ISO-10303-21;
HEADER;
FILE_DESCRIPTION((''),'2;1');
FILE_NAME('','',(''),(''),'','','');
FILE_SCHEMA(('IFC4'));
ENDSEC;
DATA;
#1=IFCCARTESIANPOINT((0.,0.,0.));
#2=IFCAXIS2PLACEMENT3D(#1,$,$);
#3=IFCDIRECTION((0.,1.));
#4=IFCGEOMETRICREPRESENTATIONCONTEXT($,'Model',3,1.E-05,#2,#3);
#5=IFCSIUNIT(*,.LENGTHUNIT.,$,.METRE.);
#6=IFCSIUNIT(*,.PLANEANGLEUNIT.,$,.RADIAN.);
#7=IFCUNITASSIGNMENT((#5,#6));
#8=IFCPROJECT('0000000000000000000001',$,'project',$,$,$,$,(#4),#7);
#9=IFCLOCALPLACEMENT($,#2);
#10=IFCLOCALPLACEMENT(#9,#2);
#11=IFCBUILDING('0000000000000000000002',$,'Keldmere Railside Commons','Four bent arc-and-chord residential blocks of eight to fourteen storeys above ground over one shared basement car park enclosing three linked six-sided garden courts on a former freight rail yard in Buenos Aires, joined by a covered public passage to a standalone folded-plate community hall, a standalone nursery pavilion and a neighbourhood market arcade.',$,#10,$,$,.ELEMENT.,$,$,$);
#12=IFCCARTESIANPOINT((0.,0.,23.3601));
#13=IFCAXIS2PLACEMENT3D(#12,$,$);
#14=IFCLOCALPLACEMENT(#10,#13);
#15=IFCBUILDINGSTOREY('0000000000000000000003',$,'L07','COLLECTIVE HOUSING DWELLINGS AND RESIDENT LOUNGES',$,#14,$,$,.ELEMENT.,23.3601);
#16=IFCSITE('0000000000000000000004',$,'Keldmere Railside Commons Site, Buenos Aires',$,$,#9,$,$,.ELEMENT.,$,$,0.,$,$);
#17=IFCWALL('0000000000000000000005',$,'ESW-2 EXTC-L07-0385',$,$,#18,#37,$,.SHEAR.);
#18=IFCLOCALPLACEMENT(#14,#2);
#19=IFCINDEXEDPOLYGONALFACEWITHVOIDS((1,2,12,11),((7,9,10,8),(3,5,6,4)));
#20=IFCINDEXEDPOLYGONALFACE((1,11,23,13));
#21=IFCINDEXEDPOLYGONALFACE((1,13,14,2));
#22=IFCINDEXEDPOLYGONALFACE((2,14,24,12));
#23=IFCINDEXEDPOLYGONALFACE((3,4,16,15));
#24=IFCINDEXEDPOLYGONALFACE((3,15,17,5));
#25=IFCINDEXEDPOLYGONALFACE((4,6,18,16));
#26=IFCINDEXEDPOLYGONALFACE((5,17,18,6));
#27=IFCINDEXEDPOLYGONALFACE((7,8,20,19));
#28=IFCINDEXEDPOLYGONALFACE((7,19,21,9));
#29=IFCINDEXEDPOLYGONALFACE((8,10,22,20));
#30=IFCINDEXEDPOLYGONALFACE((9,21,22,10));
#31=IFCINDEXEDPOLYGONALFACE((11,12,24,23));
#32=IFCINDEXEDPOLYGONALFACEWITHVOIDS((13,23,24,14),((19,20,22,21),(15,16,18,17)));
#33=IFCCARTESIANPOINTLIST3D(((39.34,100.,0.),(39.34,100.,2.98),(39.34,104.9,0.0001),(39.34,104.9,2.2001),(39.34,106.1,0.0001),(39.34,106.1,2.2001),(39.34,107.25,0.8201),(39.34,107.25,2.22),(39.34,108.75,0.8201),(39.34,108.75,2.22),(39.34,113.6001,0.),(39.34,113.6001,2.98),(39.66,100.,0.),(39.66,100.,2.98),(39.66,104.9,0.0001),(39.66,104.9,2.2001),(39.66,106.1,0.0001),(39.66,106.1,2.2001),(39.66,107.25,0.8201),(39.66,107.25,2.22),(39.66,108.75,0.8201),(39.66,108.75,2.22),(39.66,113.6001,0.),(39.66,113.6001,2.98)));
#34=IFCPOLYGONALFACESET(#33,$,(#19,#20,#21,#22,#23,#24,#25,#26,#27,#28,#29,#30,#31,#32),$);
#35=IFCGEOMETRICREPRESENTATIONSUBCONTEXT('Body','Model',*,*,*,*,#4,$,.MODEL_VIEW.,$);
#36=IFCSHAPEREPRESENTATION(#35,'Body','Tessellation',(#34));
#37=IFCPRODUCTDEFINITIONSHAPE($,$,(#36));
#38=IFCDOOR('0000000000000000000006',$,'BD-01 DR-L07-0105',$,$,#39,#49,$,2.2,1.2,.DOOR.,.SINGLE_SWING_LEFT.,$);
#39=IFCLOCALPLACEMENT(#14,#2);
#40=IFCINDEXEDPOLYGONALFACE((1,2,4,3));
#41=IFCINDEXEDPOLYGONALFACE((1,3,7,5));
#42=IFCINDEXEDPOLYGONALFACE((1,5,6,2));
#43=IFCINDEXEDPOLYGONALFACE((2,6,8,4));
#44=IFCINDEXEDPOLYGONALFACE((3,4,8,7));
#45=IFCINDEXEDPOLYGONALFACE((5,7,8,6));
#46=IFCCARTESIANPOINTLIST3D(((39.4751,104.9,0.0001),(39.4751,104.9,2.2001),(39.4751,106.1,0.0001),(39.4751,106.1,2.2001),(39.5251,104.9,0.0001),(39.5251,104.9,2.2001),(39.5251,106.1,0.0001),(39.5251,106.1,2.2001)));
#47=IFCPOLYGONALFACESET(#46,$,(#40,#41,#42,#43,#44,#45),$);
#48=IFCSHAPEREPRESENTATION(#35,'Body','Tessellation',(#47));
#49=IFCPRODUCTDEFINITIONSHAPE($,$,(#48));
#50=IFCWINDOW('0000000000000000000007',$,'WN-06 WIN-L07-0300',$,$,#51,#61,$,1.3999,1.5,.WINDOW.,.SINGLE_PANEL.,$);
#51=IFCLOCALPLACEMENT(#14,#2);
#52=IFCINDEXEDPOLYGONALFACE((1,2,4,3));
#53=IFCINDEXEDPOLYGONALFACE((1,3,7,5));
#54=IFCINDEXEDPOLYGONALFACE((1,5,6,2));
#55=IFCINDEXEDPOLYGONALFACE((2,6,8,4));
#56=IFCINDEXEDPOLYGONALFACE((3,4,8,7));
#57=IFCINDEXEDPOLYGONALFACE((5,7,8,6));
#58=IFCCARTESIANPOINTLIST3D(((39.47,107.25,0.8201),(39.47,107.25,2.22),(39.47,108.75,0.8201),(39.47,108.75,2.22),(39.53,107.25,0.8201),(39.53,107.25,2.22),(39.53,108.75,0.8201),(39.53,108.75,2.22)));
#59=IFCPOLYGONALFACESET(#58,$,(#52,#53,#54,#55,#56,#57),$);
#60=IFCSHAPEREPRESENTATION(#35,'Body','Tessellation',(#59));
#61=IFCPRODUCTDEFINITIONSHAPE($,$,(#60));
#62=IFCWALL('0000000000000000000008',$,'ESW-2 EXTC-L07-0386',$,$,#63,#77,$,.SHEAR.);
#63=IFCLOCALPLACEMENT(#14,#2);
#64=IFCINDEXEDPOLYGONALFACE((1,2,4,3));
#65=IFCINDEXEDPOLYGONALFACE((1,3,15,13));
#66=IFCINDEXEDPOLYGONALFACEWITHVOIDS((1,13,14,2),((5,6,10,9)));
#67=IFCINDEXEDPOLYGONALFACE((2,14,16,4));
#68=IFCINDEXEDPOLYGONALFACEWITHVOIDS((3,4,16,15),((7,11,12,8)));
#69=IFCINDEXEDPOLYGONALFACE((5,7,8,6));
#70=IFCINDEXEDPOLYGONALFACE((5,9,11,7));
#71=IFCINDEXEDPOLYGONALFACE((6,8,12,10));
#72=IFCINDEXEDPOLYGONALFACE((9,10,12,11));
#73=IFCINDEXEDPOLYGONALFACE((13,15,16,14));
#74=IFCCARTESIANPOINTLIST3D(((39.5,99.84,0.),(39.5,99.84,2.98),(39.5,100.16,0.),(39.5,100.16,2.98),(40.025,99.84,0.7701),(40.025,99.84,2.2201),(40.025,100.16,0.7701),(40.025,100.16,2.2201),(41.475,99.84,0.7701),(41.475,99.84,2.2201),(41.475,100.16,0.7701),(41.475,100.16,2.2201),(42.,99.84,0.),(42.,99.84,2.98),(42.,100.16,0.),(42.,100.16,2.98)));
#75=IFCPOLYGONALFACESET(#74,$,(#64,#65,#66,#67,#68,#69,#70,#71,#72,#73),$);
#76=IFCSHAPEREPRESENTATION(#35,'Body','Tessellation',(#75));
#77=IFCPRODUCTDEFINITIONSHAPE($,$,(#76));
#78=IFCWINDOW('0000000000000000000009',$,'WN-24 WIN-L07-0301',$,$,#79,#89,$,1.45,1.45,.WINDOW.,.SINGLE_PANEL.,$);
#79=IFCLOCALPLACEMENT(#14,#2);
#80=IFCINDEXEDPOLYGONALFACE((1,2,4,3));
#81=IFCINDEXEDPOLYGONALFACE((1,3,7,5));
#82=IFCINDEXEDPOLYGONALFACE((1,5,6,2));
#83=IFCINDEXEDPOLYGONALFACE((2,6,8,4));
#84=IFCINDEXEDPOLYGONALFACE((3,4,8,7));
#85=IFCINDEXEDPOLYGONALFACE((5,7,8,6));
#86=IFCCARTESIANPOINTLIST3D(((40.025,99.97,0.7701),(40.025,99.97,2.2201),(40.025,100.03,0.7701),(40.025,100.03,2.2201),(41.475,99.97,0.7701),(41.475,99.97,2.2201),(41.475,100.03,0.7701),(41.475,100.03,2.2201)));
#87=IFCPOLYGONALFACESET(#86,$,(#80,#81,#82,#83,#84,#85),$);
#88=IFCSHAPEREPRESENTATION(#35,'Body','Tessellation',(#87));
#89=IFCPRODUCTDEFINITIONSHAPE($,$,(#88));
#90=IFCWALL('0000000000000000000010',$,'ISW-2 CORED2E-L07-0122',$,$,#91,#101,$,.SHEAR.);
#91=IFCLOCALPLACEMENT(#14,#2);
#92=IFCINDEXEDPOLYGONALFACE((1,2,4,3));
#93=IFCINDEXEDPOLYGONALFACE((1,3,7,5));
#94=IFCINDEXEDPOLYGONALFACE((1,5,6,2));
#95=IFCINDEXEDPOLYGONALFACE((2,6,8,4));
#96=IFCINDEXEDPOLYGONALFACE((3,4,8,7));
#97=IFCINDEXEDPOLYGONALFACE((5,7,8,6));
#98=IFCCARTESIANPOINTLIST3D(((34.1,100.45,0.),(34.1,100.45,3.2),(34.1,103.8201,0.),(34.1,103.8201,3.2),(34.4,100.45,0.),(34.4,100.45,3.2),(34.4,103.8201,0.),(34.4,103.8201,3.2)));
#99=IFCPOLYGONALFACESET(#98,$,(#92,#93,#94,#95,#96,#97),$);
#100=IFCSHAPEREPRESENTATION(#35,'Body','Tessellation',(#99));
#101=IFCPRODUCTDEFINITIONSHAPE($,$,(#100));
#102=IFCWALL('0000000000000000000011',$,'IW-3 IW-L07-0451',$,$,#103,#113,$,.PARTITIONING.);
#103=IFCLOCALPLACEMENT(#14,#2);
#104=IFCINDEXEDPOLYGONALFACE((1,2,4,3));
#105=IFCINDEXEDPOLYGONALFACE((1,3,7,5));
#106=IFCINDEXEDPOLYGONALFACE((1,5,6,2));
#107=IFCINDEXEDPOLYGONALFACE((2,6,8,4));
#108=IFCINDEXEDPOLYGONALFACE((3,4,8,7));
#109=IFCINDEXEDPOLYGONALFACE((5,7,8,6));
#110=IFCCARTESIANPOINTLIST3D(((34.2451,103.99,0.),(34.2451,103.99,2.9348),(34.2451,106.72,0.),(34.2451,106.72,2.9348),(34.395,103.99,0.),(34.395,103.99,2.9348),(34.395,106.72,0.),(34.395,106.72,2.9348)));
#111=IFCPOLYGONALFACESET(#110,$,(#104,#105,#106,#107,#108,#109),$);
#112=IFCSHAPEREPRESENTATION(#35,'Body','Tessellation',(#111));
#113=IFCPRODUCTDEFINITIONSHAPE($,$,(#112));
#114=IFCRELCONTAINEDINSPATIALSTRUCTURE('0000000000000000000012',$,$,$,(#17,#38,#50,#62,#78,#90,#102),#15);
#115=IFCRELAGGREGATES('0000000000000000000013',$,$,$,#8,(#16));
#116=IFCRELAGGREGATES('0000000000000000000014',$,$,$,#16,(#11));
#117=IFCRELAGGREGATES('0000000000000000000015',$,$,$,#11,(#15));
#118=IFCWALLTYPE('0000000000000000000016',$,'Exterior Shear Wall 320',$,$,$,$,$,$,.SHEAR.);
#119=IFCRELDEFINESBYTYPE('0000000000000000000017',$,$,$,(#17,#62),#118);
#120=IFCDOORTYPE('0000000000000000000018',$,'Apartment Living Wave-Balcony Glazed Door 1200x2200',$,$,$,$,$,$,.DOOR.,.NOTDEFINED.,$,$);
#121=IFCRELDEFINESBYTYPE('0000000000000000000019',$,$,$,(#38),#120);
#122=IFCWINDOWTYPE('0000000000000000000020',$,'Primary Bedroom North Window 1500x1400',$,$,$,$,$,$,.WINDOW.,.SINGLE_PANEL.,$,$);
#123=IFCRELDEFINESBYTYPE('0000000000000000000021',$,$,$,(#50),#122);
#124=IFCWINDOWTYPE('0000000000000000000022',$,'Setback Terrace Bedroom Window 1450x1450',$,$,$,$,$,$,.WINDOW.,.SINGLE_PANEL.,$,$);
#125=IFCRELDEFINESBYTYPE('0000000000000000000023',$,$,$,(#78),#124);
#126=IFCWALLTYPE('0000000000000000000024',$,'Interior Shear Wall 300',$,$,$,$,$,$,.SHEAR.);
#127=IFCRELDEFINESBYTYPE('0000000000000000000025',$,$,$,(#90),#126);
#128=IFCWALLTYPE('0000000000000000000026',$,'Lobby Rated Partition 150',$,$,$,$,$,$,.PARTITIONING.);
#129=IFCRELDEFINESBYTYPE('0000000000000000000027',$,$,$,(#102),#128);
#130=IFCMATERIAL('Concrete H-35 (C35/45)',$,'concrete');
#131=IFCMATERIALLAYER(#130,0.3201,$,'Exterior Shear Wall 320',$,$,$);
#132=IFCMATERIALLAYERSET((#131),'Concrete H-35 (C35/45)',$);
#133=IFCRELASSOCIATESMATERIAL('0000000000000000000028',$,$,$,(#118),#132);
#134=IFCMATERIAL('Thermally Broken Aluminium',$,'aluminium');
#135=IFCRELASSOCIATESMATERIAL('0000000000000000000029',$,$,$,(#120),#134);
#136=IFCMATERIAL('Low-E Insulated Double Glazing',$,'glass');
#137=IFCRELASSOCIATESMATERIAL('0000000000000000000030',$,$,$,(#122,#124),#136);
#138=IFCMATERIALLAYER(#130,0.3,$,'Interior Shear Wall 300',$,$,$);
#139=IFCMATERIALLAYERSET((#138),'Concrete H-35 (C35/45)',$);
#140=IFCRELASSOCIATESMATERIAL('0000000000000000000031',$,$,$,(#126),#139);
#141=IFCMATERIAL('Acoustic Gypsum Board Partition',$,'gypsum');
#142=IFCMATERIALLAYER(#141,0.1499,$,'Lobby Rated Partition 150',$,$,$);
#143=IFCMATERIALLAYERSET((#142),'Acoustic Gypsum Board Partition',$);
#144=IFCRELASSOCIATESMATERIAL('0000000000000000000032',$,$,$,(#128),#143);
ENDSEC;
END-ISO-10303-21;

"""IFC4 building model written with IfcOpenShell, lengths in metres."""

from ifc_helpers import new_model, si_unit, direction, frame, frame_2d, origin, place, context, subcontext, project, spatial, rectangle, extrude, material, layer, layer_set, type_object, element, fill, save


model = new_model("IFC4")

# Units and contexts
model_context = context("Model", 3, precision=1e-05, world=origin(), true_north=direction((0.0, 1.0)))
body_context = subcontext(model_context, "Body", "Model", "MODEL_VIEW")
ifc_project = project(units=[si_unit("LENGTHUNIT", "METRE"), si_unit("PLANEANGLEUNIT", "RADIAN")], contexts=[model_context])

# Site, building, storey
site_placement = place(None, origin())
site = spatial("IfcSite", under=ifc_project, at=site_placement, Name="Keldmere Railside Commons Site, Buenos Aires", CompositionType="ELEMENT", RefElevation=0.0)
building_placement = place(site_placement, origin())
building = spatial("IfcBuilding", under=site, at=building_placement, Name="Keldmere Railside Commons", Description="Four bent arc-and-chord residential blocks of eight to fourteen storeys above ground over one shared basement car park enclosing three linked six-sided garden courts on a former freight rail yard in Buenos Aires, joined by a covered public passage to a standalone folded-plate community hall, a standalone nursery pavilion and a neighbourhood market arcade.", CompositionType="ELEMENT")
storey_placement = place(building_placement, frame((0.0, 0.0, 23.3601)))
storey = spatial("IfcBuildingStorey", under=building, at=storey_placement, Name="L07", Description="COLLECTIVE HOUSING DWELLINGS AND RESIDENT LOUNGES", CompositionType="ELEMENT", Elevation=23.3601)

# Shared definitions
ifc_material_1 = material(Name="Concrete H-35 (C35/45)", Category="concrete")

# Shared definitions
ifc_material_2 = material(Name="Thermally Broken Aluminium", Category="aluminium")

# Shared definitions
ifc_layer_1 = layer(ifc_material_1, 0.3201, Name="Exterior Shear Wall 320")
ifc_layer_set_1 = layer_set([ifc_layer_1], Name="Concrete H-35 (C35/45)")
wall_type_1 = type_object("IfcWallType", Name="Exterior Shear Wall 320", PredefinedType="SHEAR", material=ifc_layer_set_1)
ifc_material_3 = material(Name="Low-E Insulated Double Glazing", Category="glass")

# Wall, openings, door, window
wall_1_placement = place(storey_placement, frame((39.5, 100.0, 0.0), z_axis=(0.0, 0.0, 1.0), x_axis=(0.0, 1.0, 0.0)))
wall_1 = element("IfcWall", 1, at=wall_1_placement, inside=storey, type_object=wall_type_1, Name="ESW-2 EXTC-L07-0385", PredefinedType="SHEAR", context=body_context, shape_type="SweptSolid", body=[
    extrude(rectangle(XDim=13.6001, YDim=0.3201, at=frame_2d((6.8, 0.0))), origin(), (0.0, 0.0, 1.0), 2.98),
])
opening_1_placement = place(wall_1_placement, frame((4.8999, 0.0, 0.0)))
opening_1 = element("IfcOpeningElement", 2, at=opening_1_placement, cuts=wall_1, PredefinedType="OPENING", context=body_context, shape_type="SweptSolid", body=[
    extrude(rectangle(XDim=1.2, YDim=2.2, at=frame_2d((0.6001, 1.1001))), frame((0.0, 0.1699, 0.0), z_axis=(0.0, -1.0, 0.0), x_axis=(1.0, 0.0, 0.0)), (0.0, 0.0, 1.0), 0.3401),
])
opening_2_placement = place(wall_1_placement, frame((7.25, 0.0, 0.8201)))
opening_2 = element("IfcOpeningElement", 3, at=opening_2_placement, cuts=wall_1, PredefinedType="OPENING", context=body_context, shape_type="SweptSolid", body=[
    extrude(rectangle(XDim=1.5, YDim=1.3999, at=frame_2d((0.75, 0.7))), frame((0.0, 0.1699, 0.0), z_axis=(0.0, -1.0, 0.0), x_axis=(1.0, 0.0, 0.0)), (0.0, 0.0, 1.0), 0.3401),
])
door_type_1 = type_object("IfcDoorType", Name="Apartment Living Wave-Balcony Glazed Door 1200x2200", OperationType="NOTDEFINED", PredefinedType="DOOR", material=ifc_material_2)
door_1_placement = place(opening_1_placement, origin())
door_1 = element("IfcDoor", 4, at=door_1_placement, inside=storey, type_object=door_type_1, Name="BD-01 DR-L07-0105", OperationType="SINGLE_SWING_LEFT", OverallHeight=2.2, OverallWidth=1.2, PredefinedType="DOOR", context=body_context, shape_type="SweptSolid", body=[
    extrude(rectangle(XDim=1.2, YDim=2.2, at=frame_2d((0.6001, 1.1001))), frame((0.0, 0.0249, 0.0), z_axis=(0.0, -1.0, 0.0), x_axis=(1.0, 0.0, 0.0)), (0.0, 0.0, 1.0), 0.05),
])
fill(opening_1, door_1)
window_type_1 = type_object("IfcWindowType", Name="Primary Bedroom North Window 1500x1400", PartitioningType="SINGLE_PANEL", PredefinedType="WINDOW", material=ifc_material_3)
window_1_placement = place(opening_2_placement, origin())
window_1 = element("IfcWindow", 5, at=window_1_placement, inside=storey, type_object=window_type_1, Name="WN-06 WIN-L07-0300", OverallHeight=1.3999, OverallWidth=1.5, PartitioningType="SINGLE_PANEL", PredefinedType="WINDOW", context=body_context, shape_type="SweptSolid", body=[
    extrude(rectangle(XDim=1.5, YDim=1.3999, at=frame_2d((0.75, 0.7))), frame((0.0, 0.03, 0.0), z_axis=(0.0, -1.0, 0.0), x_axis=(1.0, 0.0, 0.0)), (0.0, 0.0, 1.0), 0.0601),
])
fill(opening_2, window_1)

# Wall, opening, window
wall_2_placement = place(storey_placement, frame((42.0, 100.0, 0.0), z_axis=(0.0, 0.0, 1.0), x_axis=(-1.0, 0.0, 0.0)))
wall_2 = element("IfcWall", 6, at=wall_2_placement, inside=storey, type_object=wall_type_1, Name="ESW-2 EXTC-L07-0386", PredefinedType="SHEAR", context=body_context, shape_type="SweptSolid", body=[
    extrude(rectangle(XDim=2.5, YDim=0.3201, at=frame_2d((1.25, 0.0))), origin(), (0.0, 0.0, 1.0), 2.98),
])
opening_3_placement = place(wall_2_placement, frame((0.5249, 0.0, 0.77)))
opening_3 = element("IfcOpeningElement", 7, at=opening_3_placement, cuts=wall_2, PredefinedType="OPENING", context=body_context, shape_type="SweptSolid", body=[
    extrude(rectangle(XDim=1.45, YDim=1.45, at=frame_2d((0.7251, 0.7251))), frame((0.0, 0.1699, 0.0), z_axis=(0.0, -1.0, 0.0), x_axis=(1.0, 0.0, 0.0)), (0.0, 0.0, 1.0), 0.3401),
])
window_type_2 = type_object("IfcWindowType", Name="Setback Terrace Bedroom Window 1450x1450", PartitioningType="SINGLE_PANEL", PredefinedType="WINDOW", material=ifc_material_3)
window_2_placement = place(opening_3_placement, origin())
window_2 = element("IfcWindow", 8, at=window_2_placement, inside=storey, type_object=window_type_2, Name="WN-24 WIN-L07-0301", OverallHeight=1.45, OverallWidth=1.45, PartitioningType="SINGLE_PANEL", PredefinedType="WINDOW", context=body_context, shape_type="SweptSolid", body=[
    extrude(rectangle(XDim=1.45, YDim=1.45, at=frame_2d((0.7251, 0.7251))), frame((0.0, 0.03, 0.0), z_axis=(0.0, -1.0, 0.0), x_axis=(1.0, 0.0, 0.0)), (0.0, 0.0, 1.0), 0.0601),
])
fill(opening_3, window_2)

# Wall
ifc_layer_2 = layer(ifc_material_1, 0.3, Name="Interior Shear Wall 300")
ifc_layer_set_2 = layer_set([ifc_layer_2], Name="Concrete H-35 (C35/45)")
wall_type_2 = type_object("IfcWallType", Name="Interior Shear Wall 300", PredefinedType="SHEAR", material=ifc_layer_set_2)
wall_3_placement = place(storey_placement, frame((34.25, 100.45, 0.0), z_axis=(0.0, 0.0, 1.0), x_axis=(0.0, 1.0, 0.0)))
element("IfcWall", 9, at=wall_3_placement, inside=storey, type_object=wall_type_2, Name="ISW-2 CORED2E-L07-0122", PredefinedType="SHEAR", context=body_context, shape_type="SweptSolid", body=[
    extrude(rectangle(XDim=3.3701, YDim=0.3, at=frame_2d((1.6851, 0.0))), origin(), (0.0, 0.0, 1.0), 3.2),
])

# Wall
ifc_material_4 = material(Name="Acoustic Gypsum Board Partition", Category="gypsum")
ifc_layer_3 = layer(ifc_material_4, 0.1499, Name="Lobby Rated Partition 150")
ifc_layer_set_3 = layer_set([ifc_layer_3], Name="Acoustic Gypsum Board Partition")
wall_type_3 = type_object("IfcWallType", Name="Lobby Rated Partition 150", PredefinedType="PARTITIONING", material=ifc_layer_set_3)
wall_4_placement = place(storey_placement, frame((34.3201, 103.99, 0.0), z_axis=(0.0, 0.0, 1.0), x_axis=(0.0, 1.0, 0.0)))
element("IfcWall", 10, at=wall_4_placement, inside=storey, type_object=wall_type_3, Name="IW-3 IW-L07-0451", PredefinedType="PARTITIONING", context=body_context, shape_type="SweptSolid", body=[
    extrude(rectangle(XDim=2.73, YDim=0.1499, at=frame_2d((1.365, 0.0))), origin(), (0.0, 0.0, 1.0), 2.9348),
])

save(model, "model.ifc")
